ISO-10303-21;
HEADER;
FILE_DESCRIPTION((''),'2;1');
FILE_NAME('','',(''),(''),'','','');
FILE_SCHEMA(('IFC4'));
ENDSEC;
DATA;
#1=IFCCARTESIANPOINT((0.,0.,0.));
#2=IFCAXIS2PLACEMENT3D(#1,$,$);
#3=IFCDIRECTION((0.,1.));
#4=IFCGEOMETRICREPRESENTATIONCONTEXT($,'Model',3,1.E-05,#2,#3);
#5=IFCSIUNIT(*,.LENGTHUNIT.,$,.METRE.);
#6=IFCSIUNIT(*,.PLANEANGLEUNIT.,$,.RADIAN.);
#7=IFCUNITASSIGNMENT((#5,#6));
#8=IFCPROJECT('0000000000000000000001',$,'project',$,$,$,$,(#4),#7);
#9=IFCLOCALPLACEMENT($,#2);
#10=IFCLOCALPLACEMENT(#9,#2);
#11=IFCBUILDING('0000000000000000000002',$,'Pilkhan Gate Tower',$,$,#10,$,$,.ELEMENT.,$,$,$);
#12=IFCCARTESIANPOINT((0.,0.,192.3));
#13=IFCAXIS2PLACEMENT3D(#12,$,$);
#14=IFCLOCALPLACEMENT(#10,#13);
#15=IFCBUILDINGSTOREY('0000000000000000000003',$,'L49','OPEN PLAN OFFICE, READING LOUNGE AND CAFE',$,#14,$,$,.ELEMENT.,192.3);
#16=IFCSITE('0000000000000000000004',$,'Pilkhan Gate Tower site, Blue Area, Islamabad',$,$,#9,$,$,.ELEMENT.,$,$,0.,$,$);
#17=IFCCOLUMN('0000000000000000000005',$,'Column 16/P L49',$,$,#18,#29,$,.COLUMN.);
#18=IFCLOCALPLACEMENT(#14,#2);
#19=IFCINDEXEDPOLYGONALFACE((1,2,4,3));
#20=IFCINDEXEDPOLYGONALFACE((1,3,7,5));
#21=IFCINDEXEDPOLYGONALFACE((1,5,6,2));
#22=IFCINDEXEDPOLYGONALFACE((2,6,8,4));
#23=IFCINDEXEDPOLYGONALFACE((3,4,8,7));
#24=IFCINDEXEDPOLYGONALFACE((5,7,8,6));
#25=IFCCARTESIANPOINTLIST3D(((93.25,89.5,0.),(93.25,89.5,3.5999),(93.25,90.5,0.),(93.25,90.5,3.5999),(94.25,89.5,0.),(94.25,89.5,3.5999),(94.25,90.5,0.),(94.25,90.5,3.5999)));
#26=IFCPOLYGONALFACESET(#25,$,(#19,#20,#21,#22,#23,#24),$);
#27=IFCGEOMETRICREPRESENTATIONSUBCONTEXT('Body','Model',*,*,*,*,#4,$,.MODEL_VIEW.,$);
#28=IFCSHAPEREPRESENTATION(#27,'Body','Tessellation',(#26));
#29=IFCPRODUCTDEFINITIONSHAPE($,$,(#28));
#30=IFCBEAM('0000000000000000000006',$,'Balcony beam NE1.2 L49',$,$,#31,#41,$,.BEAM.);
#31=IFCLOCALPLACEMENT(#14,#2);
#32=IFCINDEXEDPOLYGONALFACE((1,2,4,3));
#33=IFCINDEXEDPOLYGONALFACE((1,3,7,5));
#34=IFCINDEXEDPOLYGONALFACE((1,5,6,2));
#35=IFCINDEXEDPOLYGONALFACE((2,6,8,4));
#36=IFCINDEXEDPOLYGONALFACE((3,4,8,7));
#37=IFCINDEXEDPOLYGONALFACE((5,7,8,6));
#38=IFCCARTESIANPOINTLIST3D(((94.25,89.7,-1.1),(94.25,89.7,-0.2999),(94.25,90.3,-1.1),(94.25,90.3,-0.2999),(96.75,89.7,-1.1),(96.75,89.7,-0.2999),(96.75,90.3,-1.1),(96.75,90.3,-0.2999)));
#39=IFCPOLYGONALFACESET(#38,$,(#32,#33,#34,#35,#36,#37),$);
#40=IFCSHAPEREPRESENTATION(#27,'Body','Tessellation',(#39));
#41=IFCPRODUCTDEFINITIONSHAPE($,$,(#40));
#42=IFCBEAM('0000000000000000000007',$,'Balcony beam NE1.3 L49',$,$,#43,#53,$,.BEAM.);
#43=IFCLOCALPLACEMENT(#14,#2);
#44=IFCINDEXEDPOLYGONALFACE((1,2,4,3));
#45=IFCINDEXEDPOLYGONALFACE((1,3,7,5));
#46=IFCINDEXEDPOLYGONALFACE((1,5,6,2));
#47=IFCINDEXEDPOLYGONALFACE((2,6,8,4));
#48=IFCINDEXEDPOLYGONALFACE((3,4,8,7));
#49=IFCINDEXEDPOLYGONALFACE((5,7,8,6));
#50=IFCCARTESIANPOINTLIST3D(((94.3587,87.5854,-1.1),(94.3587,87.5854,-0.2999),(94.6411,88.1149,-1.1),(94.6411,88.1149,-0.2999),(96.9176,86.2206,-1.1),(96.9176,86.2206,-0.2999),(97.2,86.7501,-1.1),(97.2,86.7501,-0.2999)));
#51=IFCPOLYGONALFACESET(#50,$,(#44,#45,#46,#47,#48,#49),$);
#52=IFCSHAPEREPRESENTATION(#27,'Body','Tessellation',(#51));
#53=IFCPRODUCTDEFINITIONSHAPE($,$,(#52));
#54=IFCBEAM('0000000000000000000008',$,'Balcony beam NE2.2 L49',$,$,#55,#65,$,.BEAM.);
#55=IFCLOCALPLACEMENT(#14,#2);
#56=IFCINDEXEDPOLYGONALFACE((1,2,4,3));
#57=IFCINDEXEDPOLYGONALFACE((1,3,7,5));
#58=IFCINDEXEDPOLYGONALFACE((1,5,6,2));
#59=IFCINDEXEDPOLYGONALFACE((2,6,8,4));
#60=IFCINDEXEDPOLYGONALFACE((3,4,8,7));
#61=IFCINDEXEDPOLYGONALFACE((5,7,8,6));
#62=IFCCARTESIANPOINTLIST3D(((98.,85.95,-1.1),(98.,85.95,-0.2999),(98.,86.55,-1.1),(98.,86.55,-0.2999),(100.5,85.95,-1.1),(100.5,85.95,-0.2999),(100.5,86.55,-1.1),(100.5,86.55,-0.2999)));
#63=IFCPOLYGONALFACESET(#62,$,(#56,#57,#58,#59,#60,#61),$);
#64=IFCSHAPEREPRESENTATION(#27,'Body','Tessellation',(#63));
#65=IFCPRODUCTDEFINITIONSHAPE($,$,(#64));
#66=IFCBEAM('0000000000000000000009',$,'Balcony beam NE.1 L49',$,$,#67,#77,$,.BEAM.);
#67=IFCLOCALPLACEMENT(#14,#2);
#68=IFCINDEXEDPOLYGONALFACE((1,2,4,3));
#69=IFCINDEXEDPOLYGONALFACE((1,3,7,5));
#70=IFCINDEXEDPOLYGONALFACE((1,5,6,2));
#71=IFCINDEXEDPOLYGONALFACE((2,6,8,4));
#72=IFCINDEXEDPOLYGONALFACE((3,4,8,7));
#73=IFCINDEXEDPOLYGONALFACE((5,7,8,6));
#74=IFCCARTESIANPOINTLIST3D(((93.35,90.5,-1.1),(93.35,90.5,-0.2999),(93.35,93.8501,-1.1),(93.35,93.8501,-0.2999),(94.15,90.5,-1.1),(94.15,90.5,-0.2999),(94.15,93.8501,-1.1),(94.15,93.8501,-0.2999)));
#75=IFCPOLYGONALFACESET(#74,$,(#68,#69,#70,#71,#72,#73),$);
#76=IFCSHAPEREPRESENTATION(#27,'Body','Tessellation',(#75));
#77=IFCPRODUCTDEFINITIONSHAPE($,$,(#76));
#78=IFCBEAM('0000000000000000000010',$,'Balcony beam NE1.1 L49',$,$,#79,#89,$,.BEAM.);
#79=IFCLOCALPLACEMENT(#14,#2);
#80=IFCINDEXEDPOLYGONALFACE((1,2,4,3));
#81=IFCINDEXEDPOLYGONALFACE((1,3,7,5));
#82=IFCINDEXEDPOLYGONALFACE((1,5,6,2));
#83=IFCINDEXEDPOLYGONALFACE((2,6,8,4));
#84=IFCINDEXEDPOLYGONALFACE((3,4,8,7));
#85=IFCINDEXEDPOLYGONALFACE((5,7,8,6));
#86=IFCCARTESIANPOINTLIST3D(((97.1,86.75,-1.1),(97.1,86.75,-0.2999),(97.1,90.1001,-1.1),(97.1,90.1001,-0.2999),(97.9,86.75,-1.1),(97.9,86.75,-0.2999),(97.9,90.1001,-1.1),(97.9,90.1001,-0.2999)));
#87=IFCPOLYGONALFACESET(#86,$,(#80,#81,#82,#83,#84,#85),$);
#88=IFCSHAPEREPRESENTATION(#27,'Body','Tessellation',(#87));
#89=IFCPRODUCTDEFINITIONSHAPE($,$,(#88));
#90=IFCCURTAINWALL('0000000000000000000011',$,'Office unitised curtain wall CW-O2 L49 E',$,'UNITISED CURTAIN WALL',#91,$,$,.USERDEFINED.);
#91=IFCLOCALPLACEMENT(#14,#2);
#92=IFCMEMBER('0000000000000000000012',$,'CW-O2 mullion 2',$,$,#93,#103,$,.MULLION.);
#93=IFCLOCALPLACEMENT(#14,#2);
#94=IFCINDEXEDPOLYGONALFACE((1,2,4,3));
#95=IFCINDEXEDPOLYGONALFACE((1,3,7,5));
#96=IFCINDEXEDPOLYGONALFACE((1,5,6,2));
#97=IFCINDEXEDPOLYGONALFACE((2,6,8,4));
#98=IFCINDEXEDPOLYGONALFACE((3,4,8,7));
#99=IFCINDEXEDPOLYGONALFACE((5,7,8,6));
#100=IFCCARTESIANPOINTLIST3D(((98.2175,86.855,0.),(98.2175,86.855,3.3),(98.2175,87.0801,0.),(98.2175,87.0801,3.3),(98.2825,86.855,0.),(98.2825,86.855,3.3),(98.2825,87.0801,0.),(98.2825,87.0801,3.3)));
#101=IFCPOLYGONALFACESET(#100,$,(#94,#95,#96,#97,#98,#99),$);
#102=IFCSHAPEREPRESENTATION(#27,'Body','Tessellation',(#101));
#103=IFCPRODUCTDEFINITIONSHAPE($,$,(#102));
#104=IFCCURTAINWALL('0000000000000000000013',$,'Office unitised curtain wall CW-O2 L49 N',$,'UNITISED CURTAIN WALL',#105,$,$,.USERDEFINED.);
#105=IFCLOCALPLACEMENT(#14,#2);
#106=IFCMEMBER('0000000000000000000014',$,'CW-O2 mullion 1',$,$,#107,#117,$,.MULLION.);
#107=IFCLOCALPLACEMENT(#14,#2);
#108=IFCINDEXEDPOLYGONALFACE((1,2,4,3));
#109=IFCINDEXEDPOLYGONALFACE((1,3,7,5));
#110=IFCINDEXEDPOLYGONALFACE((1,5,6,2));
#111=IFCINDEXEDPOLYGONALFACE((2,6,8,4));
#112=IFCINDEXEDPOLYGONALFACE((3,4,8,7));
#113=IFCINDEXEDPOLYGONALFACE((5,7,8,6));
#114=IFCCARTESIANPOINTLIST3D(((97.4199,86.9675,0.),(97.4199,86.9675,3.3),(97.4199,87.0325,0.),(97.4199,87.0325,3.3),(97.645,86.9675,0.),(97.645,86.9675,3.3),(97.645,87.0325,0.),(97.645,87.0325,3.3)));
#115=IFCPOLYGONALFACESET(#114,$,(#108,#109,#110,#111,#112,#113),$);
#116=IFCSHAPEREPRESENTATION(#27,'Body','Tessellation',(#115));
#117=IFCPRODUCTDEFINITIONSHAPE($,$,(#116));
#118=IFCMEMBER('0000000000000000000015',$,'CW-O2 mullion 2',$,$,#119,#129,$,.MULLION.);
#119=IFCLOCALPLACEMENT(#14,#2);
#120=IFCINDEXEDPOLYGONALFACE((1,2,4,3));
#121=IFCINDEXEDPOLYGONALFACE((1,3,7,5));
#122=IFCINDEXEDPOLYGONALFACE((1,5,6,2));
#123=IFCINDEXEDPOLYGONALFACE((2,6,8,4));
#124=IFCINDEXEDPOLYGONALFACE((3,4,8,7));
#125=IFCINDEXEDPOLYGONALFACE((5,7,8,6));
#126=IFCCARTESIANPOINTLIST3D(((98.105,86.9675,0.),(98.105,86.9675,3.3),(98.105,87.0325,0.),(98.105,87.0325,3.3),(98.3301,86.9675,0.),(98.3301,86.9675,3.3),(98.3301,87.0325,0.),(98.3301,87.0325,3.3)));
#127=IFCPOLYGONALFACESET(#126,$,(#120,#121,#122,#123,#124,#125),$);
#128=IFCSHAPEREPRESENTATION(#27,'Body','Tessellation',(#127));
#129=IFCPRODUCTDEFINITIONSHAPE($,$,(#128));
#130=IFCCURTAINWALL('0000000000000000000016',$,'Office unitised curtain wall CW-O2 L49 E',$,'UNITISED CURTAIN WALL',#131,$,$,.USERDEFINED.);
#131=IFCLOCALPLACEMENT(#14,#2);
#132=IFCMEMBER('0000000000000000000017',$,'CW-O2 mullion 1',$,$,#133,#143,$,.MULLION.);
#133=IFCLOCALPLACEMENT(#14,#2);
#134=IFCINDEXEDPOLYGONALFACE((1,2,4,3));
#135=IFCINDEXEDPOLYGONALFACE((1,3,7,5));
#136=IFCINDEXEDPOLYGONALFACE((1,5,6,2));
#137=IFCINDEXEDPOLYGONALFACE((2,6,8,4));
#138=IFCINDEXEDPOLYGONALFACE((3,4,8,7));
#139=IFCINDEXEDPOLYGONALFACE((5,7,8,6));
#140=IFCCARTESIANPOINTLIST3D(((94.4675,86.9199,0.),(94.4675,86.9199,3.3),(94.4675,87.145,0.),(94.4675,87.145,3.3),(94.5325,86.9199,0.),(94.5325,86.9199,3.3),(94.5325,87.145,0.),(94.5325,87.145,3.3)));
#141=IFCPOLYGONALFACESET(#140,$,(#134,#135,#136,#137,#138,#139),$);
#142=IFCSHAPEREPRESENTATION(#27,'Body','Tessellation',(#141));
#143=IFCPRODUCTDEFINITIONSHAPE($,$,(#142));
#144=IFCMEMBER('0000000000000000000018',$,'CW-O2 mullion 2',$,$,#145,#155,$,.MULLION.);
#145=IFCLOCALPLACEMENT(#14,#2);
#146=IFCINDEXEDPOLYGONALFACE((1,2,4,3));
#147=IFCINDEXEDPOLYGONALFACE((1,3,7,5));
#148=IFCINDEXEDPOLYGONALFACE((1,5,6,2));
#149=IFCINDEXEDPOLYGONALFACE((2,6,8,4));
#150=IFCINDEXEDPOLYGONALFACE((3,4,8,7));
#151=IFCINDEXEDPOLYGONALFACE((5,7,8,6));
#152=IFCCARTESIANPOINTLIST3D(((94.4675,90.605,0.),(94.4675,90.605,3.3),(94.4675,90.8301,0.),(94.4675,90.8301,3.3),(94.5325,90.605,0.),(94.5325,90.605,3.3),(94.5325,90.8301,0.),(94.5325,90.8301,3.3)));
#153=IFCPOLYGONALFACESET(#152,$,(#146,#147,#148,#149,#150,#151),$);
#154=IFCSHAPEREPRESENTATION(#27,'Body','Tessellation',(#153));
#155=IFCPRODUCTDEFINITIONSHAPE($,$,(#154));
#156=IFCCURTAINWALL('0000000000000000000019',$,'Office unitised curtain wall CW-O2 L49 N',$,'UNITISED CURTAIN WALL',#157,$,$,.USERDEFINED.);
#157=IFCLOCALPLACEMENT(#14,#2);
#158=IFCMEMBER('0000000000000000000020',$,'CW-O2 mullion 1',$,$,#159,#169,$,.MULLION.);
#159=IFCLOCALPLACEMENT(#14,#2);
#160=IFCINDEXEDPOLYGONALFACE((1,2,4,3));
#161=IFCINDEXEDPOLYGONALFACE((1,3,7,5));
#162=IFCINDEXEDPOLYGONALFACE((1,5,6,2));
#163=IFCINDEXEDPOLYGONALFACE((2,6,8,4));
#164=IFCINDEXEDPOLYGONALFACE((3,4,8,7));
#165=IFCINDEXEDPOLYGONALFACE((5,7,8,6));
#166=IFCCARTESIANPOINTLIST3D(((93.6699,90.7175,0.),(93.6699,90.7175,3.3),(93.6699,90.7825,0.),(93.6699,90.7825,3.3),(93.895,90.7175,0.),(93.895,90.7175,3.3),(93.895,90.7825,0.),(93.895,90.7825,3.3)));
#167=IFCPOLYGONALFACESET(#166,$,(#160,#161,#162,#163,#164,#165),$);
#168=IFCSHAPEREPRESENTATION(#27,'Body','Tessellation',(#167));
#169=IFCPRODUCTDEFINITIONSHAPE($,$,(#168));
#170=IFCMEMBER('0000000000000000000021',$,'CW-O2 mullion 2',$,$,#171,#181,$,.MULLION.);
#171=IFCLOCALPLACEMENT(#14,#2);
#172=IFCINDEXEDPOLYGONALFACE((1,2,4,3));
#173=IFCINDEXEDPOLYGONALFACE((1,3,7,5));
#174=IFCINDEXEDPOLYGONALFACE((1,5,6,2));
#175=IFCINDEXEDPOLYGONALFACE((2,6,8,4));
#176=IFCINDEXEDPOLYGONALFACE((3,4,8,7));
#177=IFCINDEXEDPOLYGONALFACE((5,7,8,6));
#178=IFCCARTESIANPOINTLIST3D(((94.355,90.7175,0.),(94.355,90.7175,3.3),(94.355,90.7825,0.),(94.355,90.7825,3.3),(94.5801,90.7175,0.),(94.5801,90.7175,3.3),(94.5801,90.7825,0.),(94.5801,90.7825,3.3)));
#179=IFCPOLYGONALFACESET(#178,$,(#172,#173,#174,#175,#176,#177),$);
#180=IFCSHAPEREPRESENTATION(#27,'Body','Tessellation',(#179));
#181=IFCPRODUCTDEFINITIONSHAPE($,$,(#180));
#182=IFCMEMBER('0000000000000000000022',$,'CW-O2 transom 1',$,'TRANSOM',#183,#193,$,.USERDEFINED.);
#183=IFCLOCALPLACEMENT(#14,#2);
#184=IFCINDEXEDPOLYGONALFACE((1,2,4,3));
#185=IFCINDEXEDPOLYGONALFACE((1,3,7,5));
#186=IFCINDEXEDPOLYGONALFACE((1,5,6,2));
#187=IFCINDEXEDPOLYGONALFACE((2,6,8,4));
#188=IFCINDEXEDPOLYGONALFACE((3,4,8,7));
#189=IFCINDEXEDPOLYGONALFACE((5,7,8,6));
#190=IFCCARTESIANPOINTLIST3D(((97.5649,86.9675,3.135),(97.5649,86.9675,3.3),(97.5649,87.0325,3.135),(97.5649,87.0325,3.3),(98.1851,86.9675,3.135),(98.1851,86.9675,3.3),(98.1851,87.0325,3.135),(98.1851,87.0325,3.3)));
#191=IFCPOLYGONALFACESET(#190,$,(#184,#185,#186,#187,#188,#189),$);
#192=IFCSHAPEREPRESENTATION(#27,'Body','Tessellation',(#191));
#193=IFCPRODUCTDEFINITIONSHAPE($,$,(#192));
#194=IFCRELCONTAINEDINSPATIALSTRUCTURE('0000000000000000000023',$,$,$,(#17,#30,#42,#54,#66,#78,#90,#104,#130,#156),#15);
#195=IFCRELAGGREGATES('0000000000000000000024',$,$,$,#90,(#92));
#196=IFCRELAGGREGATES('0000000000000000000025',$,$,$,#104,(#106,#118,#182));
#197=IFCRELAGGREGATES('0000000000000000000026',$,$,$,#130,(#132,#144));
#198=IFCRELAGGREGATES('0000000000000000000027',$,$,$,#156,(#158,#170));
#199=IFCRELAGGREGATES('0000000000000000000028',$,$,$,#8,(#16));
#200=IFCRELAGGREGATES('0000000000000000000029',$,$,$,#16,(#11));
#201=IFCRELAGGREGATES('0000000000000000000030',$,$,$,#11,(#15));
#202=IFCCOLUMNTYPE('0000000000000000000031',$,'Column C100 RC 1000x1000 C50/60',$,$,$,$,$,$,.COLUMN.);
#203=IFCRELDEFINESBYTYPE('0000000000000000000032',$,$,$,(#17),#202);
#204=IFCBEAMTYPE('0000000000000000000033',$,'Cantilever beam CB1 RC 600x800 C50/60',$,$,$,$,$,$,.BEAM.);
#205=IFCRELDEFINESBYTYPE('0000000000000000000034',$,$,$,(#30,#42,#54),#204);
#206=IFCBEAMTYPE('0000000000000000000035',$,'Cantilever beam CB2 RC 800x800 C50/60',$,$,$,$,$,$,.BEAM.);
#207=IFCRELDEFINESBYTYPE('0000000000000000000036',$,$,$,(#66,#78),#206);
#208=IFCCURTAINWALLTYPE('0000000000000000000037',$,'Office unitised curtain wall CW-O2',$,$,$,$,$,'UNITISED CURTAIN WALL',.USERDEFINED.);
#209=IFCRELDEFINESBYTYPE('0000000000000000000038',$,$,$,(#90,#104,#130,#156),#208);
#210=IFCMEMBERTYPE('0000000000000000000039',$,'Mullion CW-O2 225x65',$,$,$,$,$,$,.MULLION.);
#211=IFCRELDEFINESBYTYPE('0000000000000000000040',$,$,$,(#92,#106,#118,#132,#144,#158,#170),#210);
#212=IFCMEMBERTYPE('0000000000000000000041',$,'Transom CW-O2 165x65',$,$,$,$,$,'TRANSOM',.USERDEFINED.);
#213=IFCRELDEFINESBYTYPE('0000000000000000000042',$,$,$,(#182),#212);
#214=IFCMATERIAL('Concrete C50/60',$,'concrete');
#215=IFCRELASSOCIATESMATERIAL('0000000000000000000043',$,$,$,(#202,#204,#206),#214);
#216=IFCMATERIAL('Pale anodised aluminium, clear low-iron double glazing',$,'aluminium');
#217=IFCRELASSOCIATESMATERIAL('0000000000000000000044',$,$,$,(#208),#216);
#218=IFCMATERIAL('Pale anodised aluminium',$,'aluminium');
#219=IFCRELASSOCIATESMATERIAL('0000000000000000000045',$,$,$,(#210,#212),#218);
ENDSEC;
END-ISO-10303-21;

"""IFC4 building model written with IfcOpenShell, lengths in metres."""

from ifc_helpers import new_model, si_unit, direction, frame, origin, origin_2d, place, context, subcontext, project, spatial, rectangle, extrude, material, material_profile, profile_set, type_object, element, aggregate, save


model = new_model("IFC4")

# Units and contexts
model_context = context("Model", 3, precision=1e-05, world=origin(), true_north=direction((0.0, 1.0)))
body_context = subcontext(model_context, "Body", "Model", "MODEL_VIEW")
ifc_project = project(units=[si_unit("LENGTHUNIT", "METRE"), si_unit("PLANEANGLEUNIT", "RADIAN")], contexts=[model_context])

# Site, building, storey
site_placement = place(None, origin())
site = spatial("IfcSite", under=ifc_project, at=site_placement, Name="Pilkhan Gate Tower site, Blue Area, Islamabad", CompositionType="ELEMENT", RefElevation=0.0)
building_placement = place(site_placement, origin())
building = spatial("IfcBuilding", under=site, at=building_placement, Name="Pilkhan Gate Tower", CompositionType="ELEMENT")
storey_placement = place(building_placement, frame((0.0, 0.0, 192.3)))
storey = spatial("IfcBuildingStorey", under=building, at=storey_placement, Name="L49", Description="OPEN PLAN OFFICE, READING LOUNGE AND CAFE", CompositionType="ELEMENT", Elevation=192.3)

# Column
ifc_material_1 = material(Name="Concrete C50/60", Category="concrete")
ifc_material_profile_1 = material_profile(ifc_material_1, rectangle(XDim=1.0, YDim=1.0, at=origin_2d()), Name="RC 1000x1000")
ifc_profile_set_1 = profile_set([ifc_material_profile_1], Name="Concrete C50/60")
column_type = type_object("IfcColumnType", Name="Column C100 RC 1000x1000 C50/60", PredefinedType="COLUMN", material=ifc_profile_set_1)
column_placement = place(storey_placement, frame((93.75, 90.0, 0.0), z_axis=(0.0, 0.0, 1.0), x_axis=(1.0, 0.0, 0.0)))
element("IfcColumn", 1, at=column_placement, inside=storey, type_object=column_type, Name="Column 16/P L49", PredefinedType="COLUMN", context=body_context, shape_type="SweptSolid", body=[
    extrude(rectangle(XDim=1.0, YDim=1.0, at=origin_2d()), origin(), (0.0, 0.0, 1.0), 3.5999),
])

# Beams
ifc_material_profile_2 = material_profile(ifc_material_1, rectangle(XDim=0.6001, YDim=0.8, at=origin_2d()), Name="RC 600x800")
ifc_profile_set_2 = profile_set([ifc_material_profile_2], Name="Concrete C50/60")
beam_type_1 = type_object("IfcBeamType", Name="Cantilever beam CB1 RC 600x800 C50/60", PredefinedType="BEAM", material=ifc_profile_set_2)
beam_1_placement = place(storey_placement, frame((94.25, 90.0, -0.7), z_axis=(1.0, 0.0, 0.0), x_axis=(0.0, 1.0, 0.0)))
element("IfcBeam", 2, at=beam_1_placement, inside=storey, type_object=beam_type_1, Name="Balcony beam NE1.2 L49", PredefinedType="BEAM", context=body_context, shape_type="SweptSolid", body=[
    extrude(rectangle(XDim=0.6001, YDim=0.8, at=origin_2d()), origin(), (0.0, 0.0, 1.0), 2.5),
])
beam_2_placement = place(storey_placement, frame((97.0588, 86.4854, -0.7), z_axis=(-0.882348, 0.470597, 0.0), x_axis=(-0.470597, -0.882348, 0.0)))
element("IfcBeam", 3, at=beam_2_placement, inside=storey, type_object=beam_type_1, Name="Balcony beam NE1.3 L49", PredefinedType="BEAM", context=body_context, shape_type="SweptSolid", body=[
    extrude(rectangle(XDim=0.6001, YDim=0.8, at=origin_2d()), origin(), (0.0, 0.0, 1.0), 2.9001),
])
beam_3_placement = place(storey_placement, frame((98.0, 86.25, -0.7), z_axis=(1.0, 0.0, 0.0), x_axis=(0.0, 1.0, 0.0)))
element("IfcBeam", 4, at=beam_3_placement, inside=storey, type_object=beam_type_1, Name="Balcony beam NE2.2 L49", PredefinedType="BEAM", context=body_context, shape_type="SweptSolid", body=[
    extrude(rectangle(XDim=0.6001, YDim=0.8, at=origin_2d()), origin(), (0.0, 0.0, 1.0), 2.5),
])
ifc_material_profile_3 = material_profile(ifc_material_1, rectangle(XDim=0.8, YDim=0.8, at=origin_2d()), Name="RC 800x800")
ifc_profile_set_3 = profile_set([ifc_material_profile_3], Name="Concrete C50/60")
beam_type_2 = type_object("IfcBeamType", Name="Cantilever beam CB2 RC 800x800 C50/60", PredefinedType="BEAM", material=ifc_profile_set_3)
for number, where, z_axis, x_axis, name in (
    (5, (93.75, 90.5, -0.7), (0.0, 1.0, 0.0), (-1.0, 0.0, 0.0), "Balcony beam NE.1 L49"),
    (6, (97.5, 86.75, -0.7), (0.0, 1.0, 0.0), (-1.0, 0.0, 0.0), "Balcony beam NE1.1 L49"),
):
    element("IfcBeam", number, at=place(storey_placement, frame(where, z_axis=z_axis, x_axis=x_axis)), inside=storey, type_object=beam_type_2, Name=name, PredefinedType="BEAM", context=body_context, shape_type="SweptSolid", body=[
        extrude(rectangle(XDim=0.8, YDim=0.8, at=origin_2d()), origin(), (0.0, 0.0, 1.0), 3.3501),
    ])

# Curtain wall, member
ifc_material_2 = material(Name="Pale anodised aluminium, clear low-iron double glazing", Category="aluminium")
curtain_wall_type = type_object("IfcCurtainWallType", Name="Office unitised curtain wall CW-O2", ElementType="UNITISED CURTAIN WALL", PredefinedType="USERDEFINED", material=ifc_material_2)
curtain_wall_1_placement = place(storey_placement, origin())
curtain_wall_1 = element("IfcCurtainWall", 7, at=curtain_wall_1_placement, inside=storey, type_object=curtain_wall_type, Name="Office unitised curtain wall CW-O2 L49 E", ObjectType="UNITISED CURTAIN WALL", PredefinedType="USERDEFINED")
ifc_material_3 = material(Name="Pale anodised aluminium", Category="aluminium")
ifc_material_profile_4 = material_profile(ifc_material_3, rectangle(XDim=0.0649, YDim=0.2251, at=origin_2d()), Name="Mullion 225x65")
ifc_profile_set_4 = profile_set([ifc_material_profile_4], Name="Pale anodised aluminium")
member_type_1 = type_object("IfcMemberType", Name="Mullion CW-O2 225x65", PredefinedType="MULLION", material=ifc_profile_set_4)
member_1_placement = place(storey_placement, frame((98.25, 86.9675, 0.0), z_axis=(0.0, 0.0, 1.0), x_axis=(-1.0, 0.0, 0.0)))
member_1 = element("IfcMember", 8, at=member_1_placement, type_object=member_type_1, Name="CW-O2 mullion 2", PredefinedType="MULLION", context=body_context, shape_type="SweptSolid", body=[
    extrude(rectangle(XDim=0.0649, YDim=0.2251, at=origin_2d()), origin(), (0.0, 0.0, 1.0), 3.3),
])
aggregate(curtain_wall_1, [member_1])

# Curtain walls, members
curtain_wall_2_placement = place(storey_placement, origin())
curtain_wall_2 = element("IfcCurtainWall", 9, at=curtain_wall_2_placement, inside=storey, type_object=curtain_wall_type, Name="Office unitised curtain wall CW-O2 L49 N", ObjectType="UNITISED CURTAIN WALL", PredefinedType="USERDEFINED")
member_2_placement = place(storey_placement, frame((97.5325, 87.0, 0.0), z_axis=(0.0, 0.0, 1.0), x_axis=(0.0, 1.0, 0.0)))
member_2 = element("IfcMember", 10, at=member_2_placement, type_object=member_type_1, Name="CW-O2 mullion 1", PredefinedType="MULLION", context=body_context, shape_type="SweptSolid", body=[
    extrude(rectangle(XDim=0.0649, YDim=0.2251, at=origin_2d()), origin(), (0.0, 0.0, 1.0), 3.3),
])
member_3_placement = place(storey_placement, frame((98.2175, 87.0, 0.0), z_axis=(0.0, 0.0, 1.0), x_axis=(0.0, 1.0, 0.0)))
member_3 = element("IfcMember", 11, at=member_3_placement, type_object=member_type_1, Name="CW-O2 mullion 2", PredefinedType="MULLION", context=body_context, shape_type="SweptSolid", body=[
    extrude(rectangle(XDim=0.0649, YDim=0.2251, at=origin_2d()), origin(), (0.0, 0.0, 1.0), 3.3),
])
curtain_wall_3_placement = place(storey_placement, origin())
curtain_wall_3 = element("IfcCurtainWall", 12, at=curtain_wall_3_placement, inside=storey, type_object=curtain_wall_type, Name="Office unitised curtain wall CW-O2 L49 E", ObjectType="UNITISED CURTAIN WALL", PredefinedType="USERDEFINED")
member_4_placement = place(storey_placement, frame((94.5, 87.0325, 0.0), z_axis=(0.0, 0.0, 1.0), x_axis=(-1.0, 0.0, 0.0)))
member_4 = element("IfcMember", 13, at=member_4_placement, type_object=member_type_1, Name="CW-O2 mullion 1", PredefinedType="MULLION", context=body_context, shape_type="SweptSolid", body=[
    extrude(rectangle(XDim=0.0649, YDim=0.2251, at=origin_2d()), origin(), (0.0, 0.0, 1.0), 3.3),
])
member_5_placement = place(storey_placement, frame((94.5, 90.7175, 0.0), z_axis=(0.0, 0.0, 1.0), x_axis=(-1.0, 0.0, 0.0)))
member_5 = element("IfcMember", 14, at=member_5_placement, type_object=member_type_1, Name="CW-O2 mullion 2", PredefinedType="MULLION", context=body_context, shape_type="SweptSolid", body=[
    extrude(rectangle(XDim=0.0649, YDim=0.2251, at=origin_2d()), origin(), (0.0, 0.0, 1.0), 3.3),
])
curtain_wall_4_placement = place(storey_placement, origin())
curtain_wall_4 = element("IfcCurtainWall", 15, at=curtain_wall_4_placement, inside=storey, type_object=curtain_wall_type, Name="Office unitised curtain wall CW-O2 L49 N", ObjectType="UNITISED CURTAIN WALL", PredefinedType="USERDEFINED")
member_6_placement = place(storey_placement, frame((93.7825, 90.75, 0.0), z_axis=(0.0, 0.0, 1.0), x_axis=(0.0, 1.0, 0.0)))
member_6 = element("IfcMember", 16, at=member_6_placement, type_object=member_type_1, Name="CW-O2 mullion 1", PredefinedType="MULLION", context=body_context, shape_type="SweptSolid", body=[
    extrude(rectangle(XDim=0.0649, YDim=0.2251, at=origin_2d()), origin(), (0.0, 0.0, 1.0), 3.3),
])
member_7_placement = place(storey_placement, frame((94.4675, 90.75, 0.0), z_axis=(0.0, 0.0, 1.0), x_axis=(0.0, 1.0, 0.0)))
member_7 = element("IfcMember", 17, at=member_7_placement, type_object=member_type_1, Name="CW-O2 mullion 2", PredefinedType="MULLION", context=body_context, shape_type="SweptSolid", body=[
    extrude(rectangle(XDim=0.0649, YDim=0.2251, at=origin_2d()), origin(), (0.0, 0.0, 1.0), 3.3),
])

# Member
ifc_material_profile_5 = material_profile(ifc_material_3, rectangle(XDim=0.0649, YDim=0.165, at=origin_2d()), Name="Transom 165x65")
ifc_profile_set_5 = profile_set([ifc_material_profile_5], Name="Pale anodised aluminium")
member_type_2 = type_object("IfcMemberType", Name="Transom CW-O2 165x65", ElementType="TRANSOM", PredefinedType="USERDEFINED", material=ifc_profile_set_5)
member_8_placement = place(storey_placement, frame((97.5649, 87.0, 3.2175), z_axis=(1.0, 0.0, 0.0), x_axis=(0.0, 1.0, 0.0)))
member_8 = element("IfcMember", 18, at=member_8_placement, type_object=member_type_2, Name="CW-O2 transom 1", ObjectType="TRANSOM", PredefinedType="USERDEFINED", context=body_context, shape_type="SweptSolid", body=[
    extrude(rectangle(XDim=0.0649, YDim=0.165, at=origin_2d()), origin(), (0.0, 0.0, 1.0), 0.6201),
])

aggregate(curtain_wall_2, [member_2, member_3, member_8])
aggregate(curtain_wall_3, [member_4, member_5])
aggregate(curtain_wall_4, [member_6, member_7])

save(model, "model.ifc")
